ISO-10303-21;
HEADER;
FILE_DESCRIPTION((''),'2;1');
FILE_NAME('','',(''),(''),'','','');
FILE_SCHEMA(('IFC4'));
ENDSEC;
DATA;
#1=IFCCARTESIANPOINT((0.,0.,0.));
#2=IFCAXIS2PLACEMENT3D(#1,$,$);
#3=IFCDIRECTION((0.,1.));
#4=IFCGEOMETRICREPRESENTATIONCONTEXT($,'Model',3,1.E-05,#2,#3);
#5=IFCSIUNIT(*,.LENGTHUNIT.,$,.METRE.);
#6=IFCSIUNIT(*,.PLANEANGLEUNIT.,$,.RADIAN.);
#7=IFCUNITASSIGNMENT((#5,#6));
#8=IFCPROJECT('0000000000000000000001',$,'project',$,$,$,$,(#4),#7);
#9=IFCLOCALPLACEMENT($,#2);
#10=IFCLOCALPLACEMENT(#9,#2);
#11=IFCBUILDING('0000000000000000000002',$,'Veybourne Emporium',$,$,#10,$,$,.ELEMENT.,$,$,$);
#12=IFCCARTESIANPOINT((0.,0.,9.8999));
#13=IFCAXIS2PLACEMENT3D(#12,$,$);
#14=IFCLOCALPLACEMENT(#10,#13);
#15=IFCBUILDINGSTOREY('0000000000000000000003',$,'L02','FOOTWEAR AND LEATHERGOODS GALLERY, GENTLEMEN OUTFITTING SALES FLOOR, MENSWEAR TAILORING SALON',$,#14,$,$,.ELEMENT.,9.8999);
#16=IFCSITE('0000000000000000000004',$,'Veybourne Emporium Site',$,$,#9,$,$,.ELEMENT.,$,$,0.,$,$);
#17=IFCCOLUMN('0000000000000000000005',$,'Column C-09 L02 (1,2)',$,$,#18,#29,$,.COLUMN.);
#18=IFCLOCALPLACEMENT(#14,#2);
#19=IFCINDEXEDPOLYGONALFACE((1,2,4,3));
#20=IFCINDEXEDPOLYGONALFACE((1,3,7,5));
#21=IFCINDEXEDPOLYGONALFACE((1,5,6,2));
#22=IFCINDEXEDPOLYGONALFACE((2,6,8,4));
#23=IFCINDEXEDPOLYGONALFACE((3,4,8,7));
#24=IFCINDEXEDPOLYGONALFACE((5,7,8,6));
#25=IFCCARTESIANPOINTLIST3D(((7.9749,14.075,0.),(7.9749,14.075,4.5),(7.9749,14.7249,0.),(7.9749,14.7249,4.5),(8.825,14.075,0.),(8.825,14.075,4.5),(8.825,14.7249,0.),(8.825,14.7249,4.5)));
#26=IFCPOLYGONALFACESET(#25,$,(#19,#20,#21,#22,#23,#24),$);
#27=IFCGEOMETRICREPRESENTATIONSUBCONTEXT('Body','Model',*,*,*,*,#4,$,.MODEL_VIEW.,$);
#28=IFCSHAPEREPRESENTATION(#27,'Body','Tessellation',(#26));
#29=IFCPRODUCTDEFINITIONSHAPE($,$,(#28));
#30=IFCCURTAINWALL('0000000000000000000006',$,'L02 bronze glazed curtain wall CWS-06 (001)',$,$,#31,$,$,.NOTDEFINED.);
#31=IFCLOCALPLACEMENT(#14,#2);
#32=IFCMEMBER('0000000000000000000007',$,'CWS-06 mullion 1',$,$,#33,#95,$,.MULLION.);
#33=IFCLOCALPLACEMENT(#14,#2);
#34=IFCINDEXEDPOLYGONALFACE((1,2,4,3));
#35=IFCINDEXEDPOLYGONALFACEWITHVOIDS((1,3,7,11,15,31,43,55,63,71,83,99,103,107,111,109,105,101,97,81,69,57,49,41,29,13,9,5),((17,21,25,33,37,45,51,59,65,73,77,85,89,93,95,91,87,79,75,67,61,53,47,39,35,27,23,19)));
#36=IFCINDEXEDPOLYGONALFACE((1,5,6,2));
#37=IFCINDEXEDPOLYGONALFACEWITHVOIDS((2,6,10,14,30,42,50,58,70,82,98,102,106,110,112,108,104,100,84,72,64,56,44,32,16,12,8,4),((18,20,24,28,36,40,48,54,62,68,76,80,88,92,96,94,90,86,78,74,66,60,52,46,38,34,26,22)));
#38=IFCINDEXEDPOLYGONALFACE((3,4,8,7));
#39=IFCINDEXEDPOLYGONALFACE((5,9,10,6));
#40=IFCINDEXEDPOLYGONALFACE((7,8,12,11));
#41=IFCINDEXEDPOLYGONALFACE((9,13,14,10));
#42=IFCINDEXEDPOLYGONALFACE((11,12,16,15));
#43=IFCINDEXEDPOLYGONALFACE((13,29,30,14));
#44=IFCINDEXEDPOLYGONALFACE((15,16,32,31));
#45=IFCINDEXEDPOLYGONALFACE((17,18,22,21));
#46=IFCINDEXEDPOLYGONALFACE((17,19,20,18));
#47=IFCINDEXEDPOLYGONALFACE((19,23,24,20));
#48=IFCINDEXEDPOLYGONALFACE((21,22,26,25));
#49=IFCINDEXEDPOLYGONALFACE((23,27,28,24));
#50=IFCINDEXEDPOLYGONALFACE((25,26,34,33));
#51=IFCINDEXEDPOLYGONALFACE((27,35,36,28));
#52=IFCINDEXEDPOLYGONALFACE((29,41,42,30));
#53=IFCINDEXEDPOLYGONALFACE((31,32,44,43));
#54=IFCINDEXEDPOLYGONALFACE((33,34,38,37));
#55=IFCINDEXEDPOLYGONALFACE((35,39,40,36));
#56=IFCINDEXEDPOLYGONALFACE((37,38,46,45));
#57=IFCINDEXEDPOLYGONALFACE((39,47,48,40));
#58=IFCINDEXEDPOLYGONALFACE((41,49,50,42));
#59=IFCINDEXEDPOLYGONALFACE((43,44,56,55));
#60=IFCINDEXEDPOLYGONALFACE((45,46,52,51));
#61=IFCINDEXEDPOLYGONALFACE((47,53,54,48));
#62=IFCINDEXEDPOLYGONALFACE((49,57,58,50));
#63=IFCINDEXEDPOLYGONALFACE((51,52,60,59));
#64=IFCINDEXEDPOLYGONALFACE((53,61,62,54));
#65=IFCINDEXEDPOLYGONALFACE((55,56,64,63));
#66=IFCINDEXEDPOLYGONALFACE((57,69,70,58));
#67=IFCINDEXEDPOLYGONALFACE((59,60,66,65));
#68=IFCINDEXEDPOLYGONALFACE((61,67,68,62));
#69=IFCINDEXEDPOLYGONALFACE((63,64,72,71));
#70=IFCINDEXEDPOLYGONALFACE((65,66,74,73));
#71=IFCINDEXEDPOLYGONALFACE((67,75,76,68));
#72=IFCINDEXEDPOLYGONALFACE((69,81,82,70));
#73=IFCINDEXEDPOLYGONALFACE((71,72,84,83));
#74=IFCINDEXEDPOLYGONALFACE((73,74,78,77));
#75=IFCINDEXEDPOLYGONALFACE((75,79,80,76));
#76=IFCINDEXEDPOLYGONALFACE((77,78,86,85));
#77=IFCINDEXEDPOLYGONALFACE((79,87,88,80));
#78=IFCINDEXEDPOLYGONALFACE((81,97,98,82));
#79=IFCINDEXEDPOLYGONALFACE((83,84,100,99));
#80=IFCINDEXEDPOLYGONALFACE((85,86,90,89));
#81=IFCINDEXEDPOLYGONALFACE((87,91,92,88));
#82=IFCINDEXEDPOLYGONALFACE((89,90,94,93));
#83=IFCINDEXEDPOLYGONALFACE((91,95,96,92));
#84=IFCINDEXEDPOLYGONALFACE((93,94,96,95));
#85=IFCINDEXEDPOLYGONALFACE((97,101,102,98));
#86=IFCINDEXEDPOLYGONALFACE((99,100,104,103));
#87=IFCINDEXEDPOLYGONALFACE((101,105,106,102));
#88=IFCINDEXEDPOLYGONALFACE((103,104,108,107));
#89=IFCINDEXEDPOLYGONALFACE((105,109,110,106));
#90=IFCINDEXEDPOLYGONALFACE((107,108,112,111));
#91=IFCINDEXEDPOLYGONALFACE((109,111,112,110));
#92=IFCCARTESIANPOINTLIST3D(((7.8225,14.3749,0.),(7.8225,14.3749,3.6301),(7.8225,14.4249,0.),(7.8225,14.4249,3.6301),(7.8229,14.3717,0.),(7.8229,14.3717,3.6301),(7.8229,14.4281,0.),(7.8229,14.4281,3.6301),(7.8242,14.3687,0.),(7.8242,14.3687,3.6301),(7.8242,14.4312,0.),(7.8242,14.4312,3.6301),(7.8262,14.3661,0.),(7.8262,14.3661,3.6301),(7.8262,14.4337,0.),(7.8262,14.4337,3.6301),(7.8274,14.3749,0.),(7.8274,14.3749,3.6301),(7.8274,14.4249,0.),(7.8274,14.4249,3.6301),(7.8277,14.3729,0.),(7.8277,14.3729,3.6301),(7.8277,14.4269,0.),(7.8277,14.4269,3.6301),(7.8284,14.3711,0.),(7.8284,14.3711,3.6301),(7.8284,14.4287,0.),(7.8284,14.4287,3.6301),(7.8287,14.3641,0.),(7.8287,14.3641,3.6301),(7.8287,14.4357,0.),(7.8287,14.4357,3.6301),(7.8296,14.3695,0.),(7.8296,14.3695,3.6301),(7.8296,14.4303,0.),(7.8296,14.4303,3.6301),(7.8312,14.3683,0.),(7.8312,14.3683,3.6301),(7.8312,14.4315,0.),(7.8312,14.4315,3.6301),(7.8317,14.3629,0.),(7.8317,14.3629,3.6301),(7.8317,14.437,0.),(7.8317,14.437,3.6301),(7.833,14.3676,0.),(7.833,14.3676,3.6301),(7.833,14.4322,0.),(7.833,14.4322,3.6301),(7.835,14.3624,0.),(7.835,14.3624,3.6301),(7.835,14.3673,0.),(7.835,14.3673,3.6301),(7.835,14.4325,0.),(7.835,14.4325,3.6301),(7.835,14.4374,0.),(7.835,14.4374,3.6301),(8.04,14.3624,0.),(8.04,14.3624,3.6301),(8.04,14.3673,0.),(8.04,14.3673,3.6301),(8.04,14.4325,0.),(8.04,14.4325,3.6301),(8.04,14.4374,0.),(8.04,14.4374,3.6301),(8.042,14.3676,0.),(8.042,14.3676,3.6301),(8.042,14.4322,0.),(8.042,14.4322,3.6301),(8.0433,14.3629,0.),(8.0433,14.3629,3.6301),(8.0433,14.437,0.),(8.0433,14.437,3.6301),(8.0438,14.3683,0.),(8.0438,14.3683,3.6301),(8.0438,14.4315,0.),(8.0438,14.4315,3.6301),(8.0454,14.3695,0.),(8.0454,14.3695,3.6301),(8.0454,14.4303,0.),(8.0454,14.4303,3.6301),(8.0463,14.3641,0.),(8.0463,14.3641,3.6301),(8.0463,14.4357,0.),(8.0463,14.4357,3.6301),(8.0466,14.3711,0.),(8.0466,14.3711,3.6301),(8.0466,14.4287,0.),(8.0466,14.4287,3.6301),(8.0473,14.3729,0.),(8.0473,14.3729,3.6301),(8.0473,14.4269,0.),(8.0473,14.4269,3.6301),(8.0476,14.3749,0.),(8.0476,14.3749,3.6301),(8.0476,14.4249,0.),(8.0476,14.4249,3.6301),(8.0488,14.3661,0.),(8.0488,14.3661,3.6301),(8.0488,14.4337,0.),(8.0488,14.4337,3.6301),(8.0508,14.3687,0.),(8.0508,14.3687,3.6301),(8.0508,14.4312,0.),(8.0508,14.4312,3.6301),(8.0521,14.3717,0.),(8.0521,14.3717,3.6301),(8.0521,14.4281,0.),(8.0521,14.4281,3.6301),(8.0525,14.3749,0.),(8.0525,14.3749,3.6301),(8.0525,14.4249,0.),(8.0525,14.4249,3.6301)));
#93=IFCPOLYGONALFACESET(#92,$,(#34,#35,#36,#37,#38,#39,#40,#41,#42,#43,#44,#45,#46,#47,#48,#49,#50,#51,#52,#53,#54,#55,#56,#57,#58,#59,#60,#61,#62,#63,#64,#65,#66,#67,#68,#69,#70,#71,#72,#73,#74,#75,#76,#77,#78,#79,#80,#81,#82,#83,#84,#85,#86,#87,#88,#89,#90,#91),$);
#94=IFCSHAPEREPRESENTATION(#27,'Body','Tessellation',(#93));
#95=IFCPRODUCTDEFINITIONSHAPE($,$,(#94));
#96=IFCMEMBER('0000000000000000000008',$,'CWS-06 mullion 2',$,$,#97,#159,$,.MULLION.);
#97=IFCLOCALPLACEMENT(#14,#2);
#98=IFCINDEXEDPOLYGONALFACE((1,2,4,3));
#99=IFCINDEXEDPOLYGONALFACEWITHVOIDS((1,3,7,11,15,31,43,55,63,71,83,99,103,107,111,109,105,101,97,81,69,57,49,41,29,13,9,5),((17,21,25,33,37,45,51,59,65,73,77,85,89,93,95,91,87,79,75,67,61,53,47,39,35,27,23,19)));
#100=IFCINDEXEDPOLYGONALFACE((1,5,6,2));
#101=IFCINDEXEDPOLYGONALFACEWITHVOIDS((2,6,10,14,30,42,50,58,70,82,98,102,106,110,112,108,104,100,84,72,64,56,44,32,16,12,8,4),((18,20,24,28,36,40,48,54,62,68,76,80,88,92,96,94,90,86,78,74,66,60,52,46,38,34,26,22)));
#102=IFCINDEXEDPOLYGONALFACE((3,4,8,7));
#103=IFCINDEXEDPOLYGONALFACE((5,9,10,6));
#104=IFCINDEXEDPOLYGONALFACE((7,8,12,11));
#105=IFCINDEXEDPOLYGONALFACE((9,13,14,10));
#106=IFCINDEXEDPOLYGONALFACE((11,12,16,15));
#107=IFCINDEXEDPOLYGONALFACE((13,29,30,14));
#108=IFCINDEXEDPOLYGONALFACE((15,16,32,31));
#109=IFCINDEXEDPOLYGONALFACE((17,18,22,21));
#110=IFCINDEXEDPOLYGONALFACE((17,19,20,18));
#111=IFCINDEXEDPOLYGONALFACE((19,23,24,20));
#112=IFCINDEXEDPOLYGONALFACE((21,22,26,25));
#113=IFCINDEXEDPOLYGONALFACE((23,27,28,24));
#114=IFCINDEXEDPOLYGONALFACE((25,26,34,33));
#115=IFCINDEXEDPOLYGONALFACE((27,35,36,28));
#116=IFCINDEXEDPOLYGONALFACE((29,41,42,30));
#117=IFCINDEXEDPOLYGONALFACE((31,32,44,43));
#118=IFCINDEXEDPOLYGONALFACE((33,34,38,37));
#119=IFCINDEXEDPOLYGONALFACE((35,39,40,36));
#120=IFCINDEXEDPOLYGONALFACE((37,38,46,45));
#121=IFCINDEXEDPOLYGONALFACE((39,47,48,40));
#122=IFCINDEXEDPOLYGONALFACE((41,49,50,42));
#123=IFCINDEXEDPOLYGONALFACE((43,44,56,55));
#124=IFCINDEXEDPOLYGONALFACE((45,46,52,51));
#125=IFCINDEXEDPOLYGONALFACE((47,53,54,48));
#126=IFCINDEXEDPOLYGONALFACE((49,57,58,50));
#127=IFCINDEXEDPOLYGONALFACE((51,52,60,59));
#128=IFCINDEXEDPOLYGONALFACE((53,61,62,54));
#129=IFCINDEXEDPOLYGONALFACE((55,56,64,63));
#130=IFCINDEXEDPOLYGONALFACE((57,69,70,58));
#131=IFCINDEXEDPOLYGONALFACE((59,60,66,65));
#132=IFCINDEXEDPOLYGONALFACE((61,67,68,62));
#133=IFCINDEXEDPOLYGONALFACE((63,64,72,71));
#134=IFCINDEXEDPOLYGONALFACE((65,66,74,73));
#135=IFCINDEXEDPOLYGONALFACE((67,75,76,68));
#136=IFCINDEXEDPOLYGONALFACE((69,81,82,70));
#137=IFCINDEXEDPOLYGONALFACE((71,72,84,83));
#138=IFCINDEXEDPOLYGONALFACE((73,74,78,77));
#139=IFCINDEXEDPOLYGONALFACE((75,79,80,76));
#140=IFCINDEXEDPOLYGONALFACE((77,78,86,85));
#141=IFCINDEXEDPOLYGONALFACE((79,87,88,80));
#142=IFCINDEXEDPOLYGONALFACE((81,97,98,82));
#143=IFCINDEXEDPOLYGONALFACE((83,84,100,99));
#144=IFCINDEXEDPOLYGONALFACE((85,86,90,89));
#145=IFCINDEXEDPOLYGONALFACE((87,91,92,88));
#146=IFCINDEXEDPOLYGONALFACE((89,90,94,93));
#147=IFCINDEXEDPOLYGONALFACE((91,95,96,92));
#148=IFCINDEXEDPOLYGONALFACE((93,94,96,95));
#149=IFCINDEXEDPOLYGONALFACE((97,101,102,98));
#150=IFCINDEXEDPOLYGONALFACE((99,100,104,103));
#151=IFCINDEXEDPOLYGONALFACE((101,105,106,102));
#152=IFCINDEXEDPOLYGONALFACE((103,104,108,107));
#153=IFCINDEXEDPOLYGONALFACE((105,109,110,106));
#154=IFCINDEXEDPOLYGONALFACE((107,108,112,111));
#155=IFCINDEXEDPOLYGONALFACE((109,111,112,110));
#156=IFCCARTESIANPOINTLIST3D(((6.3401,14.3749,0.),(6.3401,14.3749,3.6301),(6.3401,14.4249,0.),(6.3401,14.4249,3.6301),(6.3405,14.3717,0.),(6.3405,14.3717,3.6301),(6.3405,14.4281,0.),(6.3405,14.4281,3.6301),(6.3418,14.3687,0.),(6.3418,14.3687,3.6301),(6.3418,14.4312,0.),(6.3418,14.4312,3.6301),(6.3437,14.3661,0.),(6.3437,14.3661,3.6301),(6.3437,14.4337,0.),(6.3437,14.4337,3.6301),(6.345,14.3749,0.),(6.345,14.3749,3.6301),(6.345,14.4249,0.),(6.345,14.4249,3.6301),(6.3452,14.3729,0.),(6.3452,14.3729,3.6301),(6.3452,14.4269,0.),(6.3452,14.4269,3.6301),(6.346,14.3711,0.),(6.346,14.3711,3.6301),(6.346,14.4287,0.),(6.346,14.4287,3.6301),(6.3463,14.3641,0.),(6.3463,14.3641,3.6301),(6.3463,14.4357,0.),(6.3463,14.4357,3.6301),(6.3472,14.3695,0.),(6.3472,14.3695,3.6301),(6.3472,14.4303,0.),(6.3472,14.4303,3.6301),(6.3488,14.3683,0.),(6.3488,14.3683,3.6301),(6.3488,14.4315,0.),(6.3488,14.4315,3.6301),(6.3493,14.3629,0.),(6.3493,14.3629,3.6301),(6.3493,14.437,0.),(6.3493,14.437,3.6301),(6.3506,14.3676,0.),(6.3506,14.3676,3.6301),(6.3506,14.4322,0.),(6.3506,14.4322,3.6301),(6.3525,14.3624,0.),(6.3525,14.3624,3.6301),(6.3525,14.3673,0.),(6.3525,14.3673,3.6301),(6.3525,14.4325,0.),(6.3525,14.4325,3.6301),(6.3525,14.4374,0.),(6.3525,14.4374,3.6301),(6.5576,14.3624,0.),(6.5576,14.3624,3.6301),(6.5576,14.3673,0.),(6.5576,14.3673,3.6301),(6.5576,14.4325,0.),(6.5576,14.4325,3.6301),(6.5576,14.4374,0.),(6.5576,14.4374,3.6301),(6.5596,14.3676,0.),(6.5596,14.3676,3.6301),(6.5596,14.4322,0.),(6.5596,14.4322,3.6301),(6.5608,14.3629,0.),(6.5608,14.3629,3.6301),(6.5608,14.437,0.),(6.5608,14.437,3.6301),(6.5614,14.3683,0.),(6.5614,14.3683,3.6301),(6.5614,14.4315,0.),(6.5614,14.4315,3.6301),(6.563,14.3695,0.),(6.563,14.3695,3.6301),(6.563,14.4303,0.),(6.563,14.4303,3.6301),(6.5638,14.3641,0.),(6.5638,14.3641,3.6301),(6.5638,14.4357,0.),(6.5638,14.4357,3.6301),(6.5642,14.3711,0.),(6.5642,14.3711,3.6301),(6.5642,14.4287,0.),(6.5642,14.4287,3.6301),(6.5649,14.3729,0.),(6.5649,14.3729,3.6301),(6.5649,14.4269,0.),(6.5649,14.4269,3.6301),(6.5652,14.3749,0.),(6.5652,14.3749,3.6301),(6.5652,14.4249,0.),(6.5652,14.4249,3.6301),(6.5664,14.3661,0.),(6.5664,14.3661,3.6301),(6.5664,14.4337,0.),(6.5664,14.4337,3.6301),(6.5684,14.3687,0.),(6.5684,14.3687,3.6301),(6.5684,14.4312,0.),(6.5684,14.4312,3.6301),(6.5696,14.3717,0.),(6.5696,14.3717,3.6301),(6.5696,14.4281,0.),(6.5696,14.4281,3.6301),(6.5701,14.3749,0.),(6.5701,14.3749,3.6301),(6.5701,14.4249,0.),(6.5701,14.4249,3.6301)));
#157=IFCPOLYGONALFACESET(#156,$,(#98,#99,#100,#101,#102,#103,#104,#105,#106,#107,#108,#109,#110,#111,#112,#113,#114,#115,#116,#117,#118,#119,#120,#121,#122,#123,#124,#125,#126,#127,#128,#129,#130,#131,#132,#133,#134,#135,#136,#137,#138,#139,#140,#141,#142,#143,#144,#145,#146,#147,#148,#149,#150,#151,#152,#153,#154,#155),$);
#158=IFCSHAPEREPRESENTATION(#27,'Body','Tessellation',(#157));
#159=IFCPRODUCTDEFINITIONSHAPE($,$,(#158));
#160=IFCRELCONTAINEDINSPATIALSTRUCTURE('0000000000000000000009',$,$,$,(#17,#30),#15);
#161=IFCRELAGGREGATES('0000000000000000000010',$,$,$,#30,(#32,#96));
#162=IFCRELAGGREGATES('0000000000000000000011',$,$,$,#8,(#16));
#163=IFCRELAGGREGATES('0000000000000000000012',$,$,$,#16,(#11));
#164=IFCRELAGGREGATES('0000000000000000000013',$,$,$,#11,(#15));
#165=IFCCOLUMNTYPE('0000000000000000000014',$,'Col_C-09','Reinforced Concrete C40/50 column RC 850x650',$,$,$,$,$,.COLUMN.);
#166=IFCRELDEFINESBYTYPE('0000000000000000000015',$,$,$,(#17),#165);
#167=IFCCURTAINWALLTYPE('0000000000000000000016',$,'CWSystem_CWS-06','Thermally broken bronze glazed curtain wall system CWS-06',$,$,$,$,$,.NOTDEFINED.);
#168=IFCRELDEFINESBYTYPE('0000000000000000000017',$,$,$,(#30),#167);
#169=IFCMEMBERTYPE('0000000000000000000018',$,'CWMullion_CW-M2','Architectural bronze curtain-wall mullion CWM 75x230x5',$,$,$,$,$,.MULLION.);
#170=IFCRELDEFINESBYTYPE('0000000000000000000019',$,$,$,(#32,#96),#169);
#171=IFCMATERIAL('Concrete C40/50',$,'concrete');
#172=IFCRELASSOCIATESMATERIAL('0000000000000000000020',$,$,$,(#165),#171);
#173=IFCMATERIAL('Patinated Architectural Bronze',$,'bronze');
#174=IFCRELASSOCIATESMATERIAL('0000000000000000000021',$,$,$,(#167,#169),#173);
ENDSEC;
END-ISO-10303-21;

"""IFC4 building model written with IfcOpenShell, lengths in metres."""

from ifc_helpers import new_model, si_unit, direction, frame, origin, origin_2d, place, context, subcontext, project, spatial, rectangle, hollow_rectangle, extrude, material, material_profile, profile_set, type_object, element, aggregate, save


model = new_model("IFC4")

# Units and contexts
model_context = context("Model", 3, precision=1e-05, world=origin(), true_north=direction((0.0, 1.0)))
body_context = subcontext(model_context, "Body", "Model", "MODEL_VIEW")
ifc_project = project(units=[si_unit("LENGTHUNIT", "METRE"), si_unit("PLANEANGLEUNIT", "RADIAN")], contexts=[model_context])

# Site, building, storey
site_placement = place(None, origin())
site = spatial("IfcSite", under=ifc_project, at=site_placement, Name="Veybourne Emporium Site", CompositionType="ELEMENT", RefElevation=0.0)
building_placement = place(site_placement, origin())
building = spatial("IfcBuilding", under=site, at=building_placement, Name="Veybourne Emporium", CompositionType="ELEMENT")
storey_placement = place(building_placement, frame((0.0, 0.0, 9.8999)))
storey = spatial("IfcBuildingStorey", under=building, at=storey_placement, Name="L02", Description="FOOTWEAR AND LEATHERGOODS GALLERY, GENTLEMEN OUTFITTING SALES FLOOR, MENSWEAR TAILORING SALON", CompositionType="ELEMENT", Elevation=9.8999)

# Column
ifc_material_1 = material(Name="Concrete C40/50", Category="concrete")
ifc_material_profile_1 = material_profile(ifc_material_1, rectangle(XDim=0.8501, YDim=0.6499, at=origin_2d()), Name="RC 850x650")
ifc_profile_set_1 = profile_set([ifc_material_profile_1], Name="Concrete C40/50")
column_type = type_object("IfcColumnType", Name="Col_C-09", Description="Reinforced Concrete C40/50 column RC 850x650", PredefinedType="COLUMN", material=ifc_profile_set_1)
column_placement = place(storey_placement, frame((8.3999, 14.3999, 0.0), z_axis=(0.0, 0.0, 1.0), x_axis=(1.0, 0.0, 0.0)))
element("IfcColumn", 1, at=column_placement, inside=storey, type_object=column_type, Name="Column C-09 L02 (1,2)", PredefinedType="COLUMN", context=body_context, shape_type="SweptSolid", body=[
    extrude(rectangle(XDim=0.8501, YDim=0.6499, at=origin_2d()), origin(), (0.0, 0.0, 1.0), 4.5),
])

# Curtain wall, members
ifc_material_2 = material(Name="Patinated Architectural Bronze", Category="bronze")
curtain_wall_type = type_object("IfcCurtainWallType", Name="CWSystem_CWS-06", Description="Thermally broken bronze glazed curtain wall system CWS-06", PredefinedType="NOTDEFINED", material=ifc_material_2)
curtain_wall_placement = place(storey_placement, origin())
curtain_wall = element("IfcCurtainWall", 2, at=curtain_wall_placement, inside=storey, type_object=curtain_wall_type, Name="L02 bronze glazed curtain wall CWS-06 (001)", PredefinedType="NOTDEFINED")
ifc_material_profile_2 = material_profile(ifc_material_2, hollow_rectangle(XDim=0.075, YDim=0.23, WallThickness=0.0049, InnerFilletRadius=0.0076, OuterFilletRadius=0.0125, at=origin_2d()), Name="CWM 75x230x5")
ifc_profile_set_2 = profile_set([ifc_material_profile_2], Name="Patinated Architectural Bronze")
member_type_1 = type_object("IfcMemberType", Name="CWMullion_CW-M2", Description="Architectural bronze curtain-wall mullion CWM 75x230x5", PredefinedType="MULLION", material=ifc_profile_set_2)
member_1_placement = place(storey_placement, frame((7.9375, 14.3999, 0.0), z_axis=(0.0, 0.0, 1.0), x_axis=(0.0, -1.0, 0.0)))
member_1 = element("IfcMember", 3, at=member_1_placement, type_object=member_type_1, Name="CWS-06 mullion 1", PredefinedType="MULLION", context=body_context, shape_type="SweptSolid", body=[
    extrude(hollow_rectangle(XDim=0.075, YDim=0.23, WallThickness=0.0049, InnerFilletRadius=0.0076, OuterFilletRadius=0.0125, at=origin_2d()), origin(), (0.0, 0.0, 1.0), 3.6301),
])
member_2_placement = place(storey_placement, frame((6.4551, 14.3999, 0.0), z_axis=(0.0, 0.0, 1.0), x_axis=(0.0, -1.0, 0.0)))
member_2 = element("IfcMember", 4, at=member_2_placement, type_object=member_type_1, Name="CWS-06 mullion 2", PredefinedType="MULLION", context=body_context, shape_type="SweptSolid", body=[
    extrude(hollow_rectangle(XDim=0.075, YDim=0.23, WallThickness=0.0049, InnerFilletRadius=0.0076, OuterFilletRadius=0.0125, at=origin_2d()), origin(), (0.0, 0.0, 1.0), 3.6301),
])
aggregate(curtain_wall, [member_1, member_2])

save(model, "model.ifc")
